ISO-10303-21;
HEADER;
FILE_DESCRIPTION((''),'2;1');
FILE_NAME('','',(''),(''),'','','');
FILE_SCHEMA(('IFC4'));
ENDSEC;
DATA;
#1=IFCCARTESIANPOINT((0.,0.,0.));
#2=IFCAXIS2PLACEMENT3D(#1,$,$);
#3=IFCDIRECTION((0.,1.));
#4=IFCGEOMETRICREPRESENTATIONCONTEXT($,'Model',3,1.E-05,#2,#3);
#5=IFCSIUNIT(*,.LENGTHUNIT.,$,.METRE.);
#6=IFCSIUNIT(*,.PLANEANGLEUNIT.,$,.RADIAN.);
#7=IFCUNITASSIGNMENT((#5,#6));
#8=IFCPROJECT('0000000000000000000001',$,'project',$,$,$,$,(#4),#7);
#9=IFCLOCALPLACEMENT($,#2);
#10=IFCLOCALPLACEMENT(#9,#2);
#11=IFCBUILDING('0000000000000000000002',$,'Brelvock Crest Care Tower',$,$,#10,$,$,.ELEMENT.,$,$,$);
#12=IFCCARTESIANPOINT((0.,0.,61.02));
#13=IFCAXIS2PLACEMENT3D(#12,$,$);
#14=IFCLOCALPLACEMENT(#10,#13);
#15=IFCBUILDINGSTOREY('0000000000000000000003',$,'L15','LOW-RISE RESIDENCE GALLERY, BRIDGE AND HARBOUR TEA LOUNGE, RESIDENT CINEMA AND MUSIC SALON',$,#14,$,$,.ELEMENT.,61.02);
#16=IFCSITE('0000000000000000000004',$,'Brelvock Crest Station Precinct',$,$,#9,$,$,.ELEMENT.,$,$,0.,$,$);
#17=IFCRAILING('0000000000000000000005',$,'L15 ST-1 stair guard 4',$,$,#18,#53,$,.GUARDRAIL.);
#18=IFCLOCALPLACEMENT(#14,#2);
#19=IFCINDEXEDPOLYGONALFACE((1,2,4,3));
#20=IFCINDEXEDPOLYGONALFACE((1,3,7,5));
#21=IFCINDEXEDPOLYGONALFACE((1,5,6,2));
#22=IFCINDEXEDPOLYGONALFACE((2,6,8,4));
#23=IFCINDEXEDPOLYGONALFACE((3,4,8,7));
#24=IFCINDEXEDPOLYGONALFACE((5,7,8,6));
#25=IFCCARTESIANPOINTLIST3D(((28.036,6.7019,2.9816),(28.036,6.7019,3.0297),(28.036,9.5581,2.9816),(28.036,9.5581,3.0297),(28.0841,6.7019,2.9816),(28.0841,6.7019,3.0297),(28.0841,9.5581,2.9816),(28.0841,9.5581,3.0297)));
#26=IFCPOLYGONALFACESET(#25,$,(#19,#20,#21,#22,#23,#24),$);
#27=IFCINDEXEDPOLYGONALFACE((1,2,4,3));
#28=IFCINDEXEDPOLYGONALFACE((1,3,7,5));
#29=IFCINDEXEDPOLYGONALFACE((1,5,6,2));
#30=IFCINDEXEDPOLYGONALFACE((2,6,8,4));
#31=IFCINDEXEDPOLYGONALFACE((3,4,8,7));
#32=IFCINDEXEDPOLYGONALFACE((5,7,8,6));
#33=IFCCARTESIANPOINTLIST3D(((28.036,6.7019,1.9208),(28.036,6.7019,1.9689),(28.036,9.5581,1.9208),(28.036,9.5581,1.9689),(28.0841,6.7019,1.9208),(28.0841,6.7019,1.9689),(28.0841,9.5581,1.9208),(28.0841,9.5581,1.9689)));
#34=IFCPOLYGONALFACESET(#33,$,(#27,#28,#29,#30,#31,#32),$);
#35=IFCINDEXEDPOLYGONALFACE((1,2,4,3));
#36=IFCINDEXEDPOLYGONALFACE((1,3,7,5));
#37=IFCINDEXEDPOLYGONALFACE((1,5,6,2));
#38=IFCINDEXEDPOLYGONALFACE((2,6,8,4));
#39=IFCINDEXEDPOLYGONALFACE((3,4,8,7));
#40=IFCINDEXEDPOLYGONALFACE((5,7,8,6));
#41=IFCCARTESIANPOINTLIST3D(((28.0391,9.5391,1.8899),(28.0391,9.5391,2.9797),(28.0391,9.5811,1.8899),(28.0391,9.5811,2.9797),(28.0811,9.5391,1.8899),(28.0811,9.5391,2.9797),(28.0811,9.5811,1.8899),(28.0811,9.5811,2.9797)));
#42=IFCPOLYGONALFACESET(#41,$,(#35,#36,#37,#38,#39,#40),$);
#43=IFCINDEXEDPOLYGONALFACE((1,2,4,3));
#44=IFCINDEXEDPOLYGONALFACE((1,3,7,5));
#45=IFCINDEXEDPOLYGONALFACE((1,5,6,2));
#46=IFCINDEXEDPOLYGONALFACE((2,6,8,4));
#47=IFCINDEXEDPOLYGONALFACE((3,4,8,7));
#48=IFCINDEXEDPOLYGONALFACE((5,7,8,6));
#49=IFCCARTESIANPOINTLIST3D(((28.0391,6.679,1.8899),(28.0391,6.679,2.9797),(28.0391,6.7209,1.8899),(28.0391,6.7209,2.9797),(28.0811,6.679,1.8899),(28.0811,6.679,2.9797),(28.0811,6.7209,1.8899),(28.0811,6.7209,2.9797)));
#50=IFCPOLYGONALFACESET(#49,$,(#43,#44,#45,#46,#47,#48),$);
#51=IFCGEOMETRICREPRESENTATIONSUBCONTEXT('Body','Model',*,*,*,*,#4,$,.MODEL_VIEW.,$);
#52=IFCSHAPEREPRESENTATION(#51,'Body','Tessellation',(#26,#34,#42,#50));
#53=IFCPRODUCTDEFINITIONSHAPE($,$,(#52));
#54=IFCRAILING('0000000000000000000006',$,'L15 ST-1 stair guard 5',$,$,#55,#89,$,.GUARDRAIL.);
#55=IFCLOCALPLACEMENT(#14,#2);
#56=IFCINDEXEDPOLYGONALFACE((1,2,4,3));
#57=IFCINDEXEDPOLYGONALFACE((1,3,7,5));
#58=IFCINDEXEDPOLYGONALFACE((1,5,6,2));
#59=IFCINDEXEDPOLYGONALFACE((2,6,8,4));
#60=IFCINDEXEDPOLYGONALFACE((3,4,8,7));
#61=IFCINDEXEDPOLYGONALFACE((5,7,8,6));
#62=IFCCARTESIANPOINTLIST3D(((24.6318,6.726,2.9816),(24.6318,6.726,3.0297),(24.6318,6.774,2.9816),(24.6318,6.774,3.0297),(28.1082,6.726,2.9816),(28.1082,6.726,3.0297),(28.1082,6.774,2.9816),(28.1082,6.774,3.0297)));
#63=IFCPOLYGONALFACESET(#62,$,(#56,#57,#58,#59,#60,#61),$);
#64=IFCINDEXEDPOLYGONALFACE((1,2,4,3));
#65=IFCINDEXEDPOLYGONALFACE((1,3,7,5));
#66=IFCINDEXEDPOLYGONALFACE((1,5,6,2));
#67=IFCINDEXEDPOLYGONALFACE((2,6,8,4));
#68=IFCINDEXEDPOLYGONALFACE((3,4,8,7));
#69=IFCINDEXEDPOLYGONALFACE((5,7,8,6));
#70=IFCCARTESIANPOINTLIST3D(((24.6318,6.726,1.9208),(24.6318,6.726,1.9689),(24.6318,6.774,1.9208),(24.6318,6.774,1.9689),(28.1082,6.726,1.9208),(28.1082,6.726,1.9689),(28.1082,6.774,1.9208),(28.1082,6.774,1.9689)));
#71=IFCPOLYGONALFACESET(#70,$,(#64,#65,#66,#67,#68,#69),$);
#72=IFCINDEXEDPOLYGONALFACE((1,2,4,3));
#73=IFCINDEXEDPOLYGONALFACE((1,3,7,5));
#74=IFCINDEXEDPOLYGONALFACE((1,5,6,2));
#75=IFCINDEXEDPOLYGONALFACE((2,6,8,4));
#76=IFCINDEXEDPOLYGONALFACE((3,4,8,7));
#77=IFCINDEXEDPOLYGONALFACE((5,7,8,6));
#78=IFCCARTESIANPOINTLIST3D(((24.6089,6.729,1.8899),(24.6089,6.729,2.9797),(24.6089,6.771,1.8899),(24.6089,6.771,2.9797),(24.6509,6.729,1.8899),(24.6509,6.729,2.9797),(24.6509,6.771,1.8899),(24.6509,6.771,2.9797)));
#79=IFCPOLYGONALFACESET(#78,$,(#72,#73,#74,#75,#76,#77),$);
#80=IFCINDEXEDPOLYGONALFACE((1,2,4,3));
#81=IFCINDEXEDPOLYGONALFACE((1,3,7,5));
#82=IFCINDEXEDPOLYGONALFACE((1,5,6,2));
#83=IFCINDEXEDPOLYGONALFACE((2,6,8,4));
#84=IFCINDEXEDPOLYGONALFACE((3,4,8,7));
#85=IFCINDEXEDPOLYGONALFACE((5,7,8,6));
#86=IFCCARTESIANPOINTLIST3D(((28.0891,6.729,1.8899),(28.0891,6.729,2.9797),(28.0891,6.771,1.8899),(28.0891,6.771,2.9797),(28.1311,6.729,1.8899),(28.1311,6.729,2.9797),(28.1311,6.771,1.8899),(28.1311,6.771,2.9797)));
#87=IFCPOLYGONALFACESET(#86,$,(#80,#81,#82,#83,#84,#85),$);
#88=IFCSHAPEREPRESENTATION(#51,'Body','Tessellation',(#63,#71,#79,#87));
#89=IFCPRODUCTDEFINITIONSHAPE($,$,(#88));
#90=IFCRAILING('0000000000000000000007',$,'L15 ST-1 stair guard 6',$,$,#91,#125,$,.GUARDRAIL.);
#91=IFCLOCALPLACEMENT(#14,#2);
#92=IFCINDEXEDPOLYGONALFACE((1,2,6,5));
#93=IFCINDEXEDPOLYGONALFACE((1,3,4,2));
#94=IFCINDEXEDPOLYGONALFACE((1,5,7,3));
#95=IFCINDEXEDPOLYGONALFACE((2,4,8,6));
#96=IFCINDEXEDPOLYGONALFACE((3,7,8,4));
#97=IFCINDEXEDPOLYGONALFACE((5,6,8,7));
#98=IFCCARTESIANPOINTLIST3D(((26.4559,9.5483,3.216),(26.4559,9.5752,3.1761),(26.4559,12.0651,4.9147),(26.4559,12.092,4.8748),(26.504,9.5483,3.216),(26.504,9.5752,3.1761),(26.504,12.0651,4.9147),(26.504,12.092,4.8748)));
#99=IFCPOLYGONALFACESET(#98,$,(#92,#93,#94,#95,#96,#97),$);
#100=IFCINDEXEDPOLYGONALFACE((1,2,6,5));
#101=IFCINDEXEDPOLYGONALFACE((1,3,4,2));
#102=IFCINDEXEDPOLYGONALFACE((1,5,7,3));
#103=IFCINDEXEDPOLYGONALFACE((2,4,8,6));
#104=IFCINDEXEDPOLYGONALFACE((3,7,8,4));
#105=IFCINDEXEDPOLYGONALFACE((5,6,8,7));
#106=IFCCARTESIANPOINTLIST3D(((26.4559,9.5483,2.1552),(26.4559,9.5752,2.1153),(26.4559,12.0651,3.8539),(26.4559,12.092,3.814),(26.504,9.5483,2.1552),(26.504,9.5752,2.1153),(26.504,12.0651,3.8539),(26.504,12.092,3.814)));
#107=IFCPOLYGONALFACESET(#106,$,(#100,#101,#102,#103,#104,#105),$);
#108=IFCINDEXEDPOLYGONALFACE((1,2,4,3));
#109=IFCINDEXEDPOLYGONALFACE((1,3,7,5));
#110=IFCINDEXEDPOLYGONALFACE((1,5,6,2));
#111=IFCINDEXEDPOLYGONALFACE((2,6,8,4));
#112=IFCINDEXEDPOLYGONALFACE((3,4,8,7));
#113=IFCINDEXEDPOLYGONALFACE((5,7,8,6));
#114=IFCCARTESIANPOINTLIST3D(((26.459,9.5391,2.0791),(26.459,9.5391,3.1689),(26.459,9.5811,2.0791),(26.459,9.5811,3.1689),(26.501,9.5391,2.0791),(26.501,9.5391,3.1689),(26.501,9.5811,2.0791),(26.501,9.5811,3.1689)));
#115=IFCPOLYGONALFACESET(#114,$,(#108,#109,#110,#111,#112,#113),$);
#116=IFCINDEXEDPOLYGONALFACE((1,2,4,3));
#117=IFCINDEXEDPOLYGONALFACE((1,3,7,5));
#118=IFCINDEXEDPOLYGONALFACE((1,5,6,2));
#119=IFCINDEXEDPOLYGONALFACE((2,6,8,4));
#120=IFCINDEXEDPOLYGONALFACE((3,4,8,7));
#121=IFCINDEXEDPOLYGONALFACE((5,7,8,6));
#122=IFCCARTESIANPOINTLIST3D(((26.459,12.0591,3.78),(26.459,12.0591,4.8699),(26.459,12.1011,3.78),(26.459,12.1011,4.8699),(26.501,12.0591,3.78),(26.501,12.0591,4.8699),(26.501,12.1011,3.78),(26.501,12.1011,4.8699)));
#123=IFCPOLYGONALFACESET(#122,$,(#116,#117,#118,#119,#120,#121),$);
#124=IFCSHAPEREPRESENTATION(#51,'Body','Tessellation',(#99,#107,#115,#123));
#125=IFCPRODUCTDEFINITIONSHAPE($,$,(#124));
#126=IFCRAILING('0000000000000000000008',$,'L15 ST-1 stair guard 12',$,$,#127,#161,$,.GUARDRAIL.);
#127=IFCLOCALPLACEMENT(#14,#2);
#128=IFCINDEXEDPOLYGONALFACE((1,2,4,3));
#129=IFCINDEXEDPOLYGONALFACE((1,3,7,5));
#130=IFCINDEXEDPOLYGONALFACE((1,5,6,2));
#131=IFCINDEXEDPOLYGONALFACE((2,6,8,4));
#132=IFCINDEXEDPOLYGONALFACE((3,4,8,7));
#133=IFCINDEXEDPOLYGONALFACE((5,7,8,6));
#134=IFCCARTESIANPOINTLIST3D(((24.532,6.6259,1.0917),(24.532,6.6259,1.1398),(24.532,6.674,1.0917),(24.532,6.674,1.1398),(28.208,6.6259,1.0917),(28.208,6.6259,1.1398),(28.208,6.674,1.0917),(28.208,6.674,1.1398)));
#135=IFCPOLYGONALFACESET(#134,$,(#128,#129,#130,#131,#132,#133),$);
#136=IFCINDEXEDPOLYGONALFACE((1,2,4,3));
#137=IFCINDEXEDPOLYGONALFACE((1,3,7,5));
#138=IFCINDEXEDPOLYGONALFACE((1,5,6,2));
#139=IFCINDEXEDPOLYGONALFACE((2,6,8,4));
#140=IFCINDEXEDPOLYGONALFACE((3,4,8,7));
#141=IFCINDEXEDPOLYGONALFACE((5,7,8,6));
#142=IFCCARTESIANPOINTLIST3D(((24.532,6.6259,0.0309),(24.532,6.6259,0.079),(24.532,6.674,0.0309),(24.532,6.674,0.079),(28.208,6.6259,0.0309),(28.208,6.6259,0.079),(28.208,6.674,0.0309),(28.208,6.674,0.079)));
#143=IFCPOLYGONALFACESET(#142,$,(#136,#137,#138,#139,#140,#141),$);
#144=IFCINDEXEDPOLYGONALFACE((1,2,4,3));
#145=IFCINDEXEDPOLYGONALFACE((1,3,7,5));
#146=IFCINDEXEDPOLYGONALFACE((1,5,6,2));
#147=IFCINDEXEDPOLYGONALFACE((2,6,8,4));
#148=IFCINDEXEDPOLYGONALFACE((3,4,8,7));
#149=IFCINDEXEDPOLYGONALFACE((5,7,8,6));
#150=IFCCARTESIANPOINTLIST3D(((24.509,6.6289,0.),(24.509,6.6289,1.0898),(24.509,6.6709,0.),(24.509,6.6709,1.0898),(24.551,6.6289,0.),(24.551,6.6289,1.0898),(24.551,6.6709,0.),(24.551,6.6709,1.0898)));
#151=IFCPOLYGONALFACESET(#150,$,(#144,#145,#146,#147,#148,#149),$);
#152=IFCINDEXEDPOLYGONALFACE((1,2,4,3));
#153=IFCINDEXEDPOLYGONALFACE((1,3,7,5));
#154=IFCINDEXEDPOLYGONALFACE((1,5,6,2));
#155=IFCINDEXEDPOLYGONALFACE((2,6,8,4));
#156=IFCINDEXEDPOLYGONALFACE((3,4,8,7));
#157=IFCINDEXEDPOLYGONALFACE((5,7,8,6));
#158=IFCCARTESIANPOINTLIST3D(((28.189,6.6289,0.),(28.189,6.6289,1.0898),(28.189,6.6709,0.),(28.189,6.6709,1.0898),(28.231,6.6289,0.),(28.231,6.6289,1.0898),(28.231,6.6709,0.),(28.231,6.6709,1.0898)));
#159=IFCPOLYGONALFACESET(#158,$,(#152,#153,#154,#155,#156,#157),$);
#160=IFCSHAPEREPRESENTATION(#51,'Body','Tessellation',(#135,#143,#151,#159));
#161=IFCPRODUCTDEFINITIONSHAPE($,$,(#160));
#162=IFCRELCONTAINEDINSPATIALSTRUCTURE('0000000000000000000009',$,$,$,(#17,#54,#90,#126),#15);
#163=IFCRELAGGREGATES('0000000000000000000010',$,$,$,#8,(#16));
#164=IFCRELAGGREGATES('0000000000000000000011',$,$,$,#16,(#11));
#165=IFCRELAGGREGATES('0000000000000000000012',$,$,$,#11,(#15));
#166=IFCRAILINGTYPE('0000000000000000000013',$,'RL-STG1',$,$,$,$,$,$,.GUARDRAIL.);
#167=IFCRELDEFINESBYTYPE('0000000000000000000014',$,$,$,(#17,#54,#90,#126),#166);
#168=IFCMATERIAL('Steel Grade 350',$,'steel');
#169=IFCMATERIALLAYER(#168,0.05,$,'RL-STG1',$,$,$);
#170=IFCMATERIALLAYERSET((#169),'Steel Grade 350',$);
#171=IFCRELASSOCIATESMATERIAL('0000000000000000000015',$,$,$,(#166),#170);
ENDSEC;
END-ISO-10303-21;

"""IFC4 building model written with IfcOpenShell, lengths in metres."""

from ifc_helpers import new_model, si_unit, direction, frame, origin, origin_2d, place, context, subcontext, project, spatial, rectangle, extrude, material, layer, layer_set, type_object, element, save


model = new_model("IFC4")

# Units and contexts
model_context = context("Model", 3, precision=1e-05, world=origin(), true_north=direction((0.0, 1.0)))
body_context = subcontext(model_context, "Body", "Model", "MODEL_VIEW")
ifc_project = project(units=[si_unit("LENGTHUNIT", "METRE"), si_unit("PLANEANGLEUNIT", "RADIAN")], contexts=[model_context])

# Site, building, storey
site_placement = place(None, origin())
site = spatial("IfcSite", under=ifc_project, at=site_placement, Name="Brelvock Crest Station Precinct", CompositionType="ELEMENT", RefElevation=0.0)
building_placement = place(site_placement, origin())
building = spatial("IfcBuilding", under=site, at=building_placement, Name="Brelvock Crest Care Tower", CompositionType="ELEMENT")
storey_placement = place(building_placement, frame((0.0, 0.0, 61.02)))
storey = spatial("IfcBuildingStorey", under=building, at=storey_placement, Name="L15", Description="LOW-RISE RESIDENCE GALLERY, BRIDGE AND HARBOUR TEA LOUNGE, RESIDENT CINEMA AND MUSIC SALON", CompositionType="ELEMENT", Elevation=61.02)

# Shared definitions
ifc_material_1 = material(Name="Steel Grade 350", Category="steel")

# Railings
ifc_layer_1 = layer(ifc_material_1, 0.05, Name="RL-STG1")
ifc_layer_set_1 = layer_set([ifc_layer_1], Name="Steel Grade 350")
railing_type = type_object("IfcRailingType", Name="RL-STG1", PredefinedType="GUARDRAIL", material=ifc_layer_set_1)
for number, where, name in (
    (1, (28.0601, 9.5601, 1.8899), "L15 ST-1 stair guard 4"),
):
    element("IfcRailing", number, at=place(storey_placement, frame(where)), inside=storey, type_object=railing_type, Name=name, PredefinedType="GUARDRAIL", context=body_context, shape_type="SweptSolid", body=[
        extrude(rectangle(XDim=0.0481, YDim=0.0481, at=origin_2d()), frame((0.0, -0.002, 1.1157), z_axis=(0.0, -1.0, 0.0), x_axis=(1.0, 0.0, 0.0)), (0.0, 0.0, 1.0), 2.8562),
        extrude(rectangle(XDim=0.0481, YDim=0.0481, at=origin_2d()), frame((0.0, -0.002, 0.0549), z_axis=(0.0, -1.0, 0.0), x_axis=(1.0, 0.0, 0.0)), (0.0, 0.0, 1.0), 2.8562),
        extrude(rectangle(XDim=0.042, YDim=0.042, at=origin_2d()), origin(), (0.0, 0.0, 1.0), 1.0898),
        extrude(rectangle(XDim=0.042, YDim=0.042, at=origin_2d()), frame((0.0, -2.8601, 0.0)), (0.0, 0.0, 1.0), 1.0898),
    ])
railing_1_placement = place(storey_placement, frame((24.6299, 6.75, 1.8899)))
element("IfcRailing", 2, at=railing_1_placement, inside=storey, type_object=railing_type, Name="L15 ST-1 stair guard 5", PredefinedType="GUARDRAIL", context=body_context, shape_type="SweptSolid", body=[
    extrude(rectangle(XDim=0.0481, YDim=0.0481, at=origin_2d()), frame((0.002, 0.0, 1.1157), z_axis=(1.0, 0.0, 0.0), x_axis=(0.0, 1.0, 0.0)), (0.0, 0.0, 1.0), 3.4763),
    extrude(rectangle(XDim=0.0481, YDim=0.0481, at=origin_2d()), frame((0.002, 0.0, 0.0549), z_axis=(1.0, 0.0, 0.0), x_axis=(0.0, 1.0, 0.0)), (0.0, 0.0, 1.0), 3.4763),
    extrude(rectangle(XDim=0.042, YDim=0.042, at=origin_2d()), origin(), (0.0, 0.0, 1.0), 1.0898),
    extrude(rectangle(XDim=0.042, YDim=0.042, at=origin_2d()), frame((3.4802, 0.0, 0.0)), (0.0, 0.0, 1.0), 1.0898),
])
railing_2_placement = place(storey_placement, frame((26.48, 9.5601, 2.0791)))
element("IfcRailing", 3, at=railing_2_placement, inside=storey, type_object=railing_type, Name="L15 ST-1 stair guard 6", PredefinedType="GUARDRAIL", context=body_context, shape_type="SweptSolid", body=[
    extrude(rectangle(XDim=0.0481, YDim=0.0481, at=origin_2d()), frame((0.0, 0.0017, 1.1169), z_axis=(0.0, 0.828862, 0.559454), x_axis=(-1.0, 0.0, 0.0)), (0.0, 0.0, 1.0), 3.0364),
    extrude(rectangle(XDim=0.0481, YDim=0.0481, at=origin_2d()), frame((0.0, 0.0017, 0.0562), z_axis=(0.0, 0.828862, 0.559454), x_axis=(-1.0, 0.0, 0.0)), (0.0, 0.0, 1.0), 3.0364),
    extrude(rectangle(XDim=0.042, YDim=0.042, at=origin_2d()), origin(), (0.0, 0.0, 1.0), 1.0898),
    extrude(rectangle(XDim=0.042, YDim=0.042, at=origin_2d()), frame((0.0, 2.52, 1.7009)), (0.0, 0.0, 1.0), 1.0898),
])
railing_3_placement = place(storey_placement, frame((24.53, 6.6499, 0.0)))
element("IfcRailing", 4, at=railing_3_placement, inside=storey, type_object=railing_type, Name="L15 ST-1 stair guard 12", PredefinedType="GUARDRAIL", context=body_context, shape_type="SweptSolid", body=[
    extrude(rectangle(XDim=0.0481, YDim=0.0481, at=origin_2d()), frame((0.002, 0.0, 1.1157), z_axis=(1.0, 0.0, 0.0), x_axis=(0.0, 1.0, 0.0)), (0.0, 0.0, 1.0), 3.676),
    extrude(rectangle(XDim=0.0481, YDim=0.0481, at=origin_2d()), frame((0.002, 0.0, 0.0549), z_axis=(1.0, 0.0, 0.0), x_axis=(0.0, 1.0, 0.0)), (0.0, 0.0, 1.0), 3.676),
    extrude(rectangle(XDim=0.042, YDim=0.042, at=origin_2d()), origin(), (0.0, 0.0, 1.0), 1.0898),
    extrude(rectangle(XDim=0.042, YDim=0.042, at=origin_2d()), frame((3.6799, 0.0, 0.0)), (0.0, 0.0, 1.0), 1.0898),
])

save(model, "model.ifc")
